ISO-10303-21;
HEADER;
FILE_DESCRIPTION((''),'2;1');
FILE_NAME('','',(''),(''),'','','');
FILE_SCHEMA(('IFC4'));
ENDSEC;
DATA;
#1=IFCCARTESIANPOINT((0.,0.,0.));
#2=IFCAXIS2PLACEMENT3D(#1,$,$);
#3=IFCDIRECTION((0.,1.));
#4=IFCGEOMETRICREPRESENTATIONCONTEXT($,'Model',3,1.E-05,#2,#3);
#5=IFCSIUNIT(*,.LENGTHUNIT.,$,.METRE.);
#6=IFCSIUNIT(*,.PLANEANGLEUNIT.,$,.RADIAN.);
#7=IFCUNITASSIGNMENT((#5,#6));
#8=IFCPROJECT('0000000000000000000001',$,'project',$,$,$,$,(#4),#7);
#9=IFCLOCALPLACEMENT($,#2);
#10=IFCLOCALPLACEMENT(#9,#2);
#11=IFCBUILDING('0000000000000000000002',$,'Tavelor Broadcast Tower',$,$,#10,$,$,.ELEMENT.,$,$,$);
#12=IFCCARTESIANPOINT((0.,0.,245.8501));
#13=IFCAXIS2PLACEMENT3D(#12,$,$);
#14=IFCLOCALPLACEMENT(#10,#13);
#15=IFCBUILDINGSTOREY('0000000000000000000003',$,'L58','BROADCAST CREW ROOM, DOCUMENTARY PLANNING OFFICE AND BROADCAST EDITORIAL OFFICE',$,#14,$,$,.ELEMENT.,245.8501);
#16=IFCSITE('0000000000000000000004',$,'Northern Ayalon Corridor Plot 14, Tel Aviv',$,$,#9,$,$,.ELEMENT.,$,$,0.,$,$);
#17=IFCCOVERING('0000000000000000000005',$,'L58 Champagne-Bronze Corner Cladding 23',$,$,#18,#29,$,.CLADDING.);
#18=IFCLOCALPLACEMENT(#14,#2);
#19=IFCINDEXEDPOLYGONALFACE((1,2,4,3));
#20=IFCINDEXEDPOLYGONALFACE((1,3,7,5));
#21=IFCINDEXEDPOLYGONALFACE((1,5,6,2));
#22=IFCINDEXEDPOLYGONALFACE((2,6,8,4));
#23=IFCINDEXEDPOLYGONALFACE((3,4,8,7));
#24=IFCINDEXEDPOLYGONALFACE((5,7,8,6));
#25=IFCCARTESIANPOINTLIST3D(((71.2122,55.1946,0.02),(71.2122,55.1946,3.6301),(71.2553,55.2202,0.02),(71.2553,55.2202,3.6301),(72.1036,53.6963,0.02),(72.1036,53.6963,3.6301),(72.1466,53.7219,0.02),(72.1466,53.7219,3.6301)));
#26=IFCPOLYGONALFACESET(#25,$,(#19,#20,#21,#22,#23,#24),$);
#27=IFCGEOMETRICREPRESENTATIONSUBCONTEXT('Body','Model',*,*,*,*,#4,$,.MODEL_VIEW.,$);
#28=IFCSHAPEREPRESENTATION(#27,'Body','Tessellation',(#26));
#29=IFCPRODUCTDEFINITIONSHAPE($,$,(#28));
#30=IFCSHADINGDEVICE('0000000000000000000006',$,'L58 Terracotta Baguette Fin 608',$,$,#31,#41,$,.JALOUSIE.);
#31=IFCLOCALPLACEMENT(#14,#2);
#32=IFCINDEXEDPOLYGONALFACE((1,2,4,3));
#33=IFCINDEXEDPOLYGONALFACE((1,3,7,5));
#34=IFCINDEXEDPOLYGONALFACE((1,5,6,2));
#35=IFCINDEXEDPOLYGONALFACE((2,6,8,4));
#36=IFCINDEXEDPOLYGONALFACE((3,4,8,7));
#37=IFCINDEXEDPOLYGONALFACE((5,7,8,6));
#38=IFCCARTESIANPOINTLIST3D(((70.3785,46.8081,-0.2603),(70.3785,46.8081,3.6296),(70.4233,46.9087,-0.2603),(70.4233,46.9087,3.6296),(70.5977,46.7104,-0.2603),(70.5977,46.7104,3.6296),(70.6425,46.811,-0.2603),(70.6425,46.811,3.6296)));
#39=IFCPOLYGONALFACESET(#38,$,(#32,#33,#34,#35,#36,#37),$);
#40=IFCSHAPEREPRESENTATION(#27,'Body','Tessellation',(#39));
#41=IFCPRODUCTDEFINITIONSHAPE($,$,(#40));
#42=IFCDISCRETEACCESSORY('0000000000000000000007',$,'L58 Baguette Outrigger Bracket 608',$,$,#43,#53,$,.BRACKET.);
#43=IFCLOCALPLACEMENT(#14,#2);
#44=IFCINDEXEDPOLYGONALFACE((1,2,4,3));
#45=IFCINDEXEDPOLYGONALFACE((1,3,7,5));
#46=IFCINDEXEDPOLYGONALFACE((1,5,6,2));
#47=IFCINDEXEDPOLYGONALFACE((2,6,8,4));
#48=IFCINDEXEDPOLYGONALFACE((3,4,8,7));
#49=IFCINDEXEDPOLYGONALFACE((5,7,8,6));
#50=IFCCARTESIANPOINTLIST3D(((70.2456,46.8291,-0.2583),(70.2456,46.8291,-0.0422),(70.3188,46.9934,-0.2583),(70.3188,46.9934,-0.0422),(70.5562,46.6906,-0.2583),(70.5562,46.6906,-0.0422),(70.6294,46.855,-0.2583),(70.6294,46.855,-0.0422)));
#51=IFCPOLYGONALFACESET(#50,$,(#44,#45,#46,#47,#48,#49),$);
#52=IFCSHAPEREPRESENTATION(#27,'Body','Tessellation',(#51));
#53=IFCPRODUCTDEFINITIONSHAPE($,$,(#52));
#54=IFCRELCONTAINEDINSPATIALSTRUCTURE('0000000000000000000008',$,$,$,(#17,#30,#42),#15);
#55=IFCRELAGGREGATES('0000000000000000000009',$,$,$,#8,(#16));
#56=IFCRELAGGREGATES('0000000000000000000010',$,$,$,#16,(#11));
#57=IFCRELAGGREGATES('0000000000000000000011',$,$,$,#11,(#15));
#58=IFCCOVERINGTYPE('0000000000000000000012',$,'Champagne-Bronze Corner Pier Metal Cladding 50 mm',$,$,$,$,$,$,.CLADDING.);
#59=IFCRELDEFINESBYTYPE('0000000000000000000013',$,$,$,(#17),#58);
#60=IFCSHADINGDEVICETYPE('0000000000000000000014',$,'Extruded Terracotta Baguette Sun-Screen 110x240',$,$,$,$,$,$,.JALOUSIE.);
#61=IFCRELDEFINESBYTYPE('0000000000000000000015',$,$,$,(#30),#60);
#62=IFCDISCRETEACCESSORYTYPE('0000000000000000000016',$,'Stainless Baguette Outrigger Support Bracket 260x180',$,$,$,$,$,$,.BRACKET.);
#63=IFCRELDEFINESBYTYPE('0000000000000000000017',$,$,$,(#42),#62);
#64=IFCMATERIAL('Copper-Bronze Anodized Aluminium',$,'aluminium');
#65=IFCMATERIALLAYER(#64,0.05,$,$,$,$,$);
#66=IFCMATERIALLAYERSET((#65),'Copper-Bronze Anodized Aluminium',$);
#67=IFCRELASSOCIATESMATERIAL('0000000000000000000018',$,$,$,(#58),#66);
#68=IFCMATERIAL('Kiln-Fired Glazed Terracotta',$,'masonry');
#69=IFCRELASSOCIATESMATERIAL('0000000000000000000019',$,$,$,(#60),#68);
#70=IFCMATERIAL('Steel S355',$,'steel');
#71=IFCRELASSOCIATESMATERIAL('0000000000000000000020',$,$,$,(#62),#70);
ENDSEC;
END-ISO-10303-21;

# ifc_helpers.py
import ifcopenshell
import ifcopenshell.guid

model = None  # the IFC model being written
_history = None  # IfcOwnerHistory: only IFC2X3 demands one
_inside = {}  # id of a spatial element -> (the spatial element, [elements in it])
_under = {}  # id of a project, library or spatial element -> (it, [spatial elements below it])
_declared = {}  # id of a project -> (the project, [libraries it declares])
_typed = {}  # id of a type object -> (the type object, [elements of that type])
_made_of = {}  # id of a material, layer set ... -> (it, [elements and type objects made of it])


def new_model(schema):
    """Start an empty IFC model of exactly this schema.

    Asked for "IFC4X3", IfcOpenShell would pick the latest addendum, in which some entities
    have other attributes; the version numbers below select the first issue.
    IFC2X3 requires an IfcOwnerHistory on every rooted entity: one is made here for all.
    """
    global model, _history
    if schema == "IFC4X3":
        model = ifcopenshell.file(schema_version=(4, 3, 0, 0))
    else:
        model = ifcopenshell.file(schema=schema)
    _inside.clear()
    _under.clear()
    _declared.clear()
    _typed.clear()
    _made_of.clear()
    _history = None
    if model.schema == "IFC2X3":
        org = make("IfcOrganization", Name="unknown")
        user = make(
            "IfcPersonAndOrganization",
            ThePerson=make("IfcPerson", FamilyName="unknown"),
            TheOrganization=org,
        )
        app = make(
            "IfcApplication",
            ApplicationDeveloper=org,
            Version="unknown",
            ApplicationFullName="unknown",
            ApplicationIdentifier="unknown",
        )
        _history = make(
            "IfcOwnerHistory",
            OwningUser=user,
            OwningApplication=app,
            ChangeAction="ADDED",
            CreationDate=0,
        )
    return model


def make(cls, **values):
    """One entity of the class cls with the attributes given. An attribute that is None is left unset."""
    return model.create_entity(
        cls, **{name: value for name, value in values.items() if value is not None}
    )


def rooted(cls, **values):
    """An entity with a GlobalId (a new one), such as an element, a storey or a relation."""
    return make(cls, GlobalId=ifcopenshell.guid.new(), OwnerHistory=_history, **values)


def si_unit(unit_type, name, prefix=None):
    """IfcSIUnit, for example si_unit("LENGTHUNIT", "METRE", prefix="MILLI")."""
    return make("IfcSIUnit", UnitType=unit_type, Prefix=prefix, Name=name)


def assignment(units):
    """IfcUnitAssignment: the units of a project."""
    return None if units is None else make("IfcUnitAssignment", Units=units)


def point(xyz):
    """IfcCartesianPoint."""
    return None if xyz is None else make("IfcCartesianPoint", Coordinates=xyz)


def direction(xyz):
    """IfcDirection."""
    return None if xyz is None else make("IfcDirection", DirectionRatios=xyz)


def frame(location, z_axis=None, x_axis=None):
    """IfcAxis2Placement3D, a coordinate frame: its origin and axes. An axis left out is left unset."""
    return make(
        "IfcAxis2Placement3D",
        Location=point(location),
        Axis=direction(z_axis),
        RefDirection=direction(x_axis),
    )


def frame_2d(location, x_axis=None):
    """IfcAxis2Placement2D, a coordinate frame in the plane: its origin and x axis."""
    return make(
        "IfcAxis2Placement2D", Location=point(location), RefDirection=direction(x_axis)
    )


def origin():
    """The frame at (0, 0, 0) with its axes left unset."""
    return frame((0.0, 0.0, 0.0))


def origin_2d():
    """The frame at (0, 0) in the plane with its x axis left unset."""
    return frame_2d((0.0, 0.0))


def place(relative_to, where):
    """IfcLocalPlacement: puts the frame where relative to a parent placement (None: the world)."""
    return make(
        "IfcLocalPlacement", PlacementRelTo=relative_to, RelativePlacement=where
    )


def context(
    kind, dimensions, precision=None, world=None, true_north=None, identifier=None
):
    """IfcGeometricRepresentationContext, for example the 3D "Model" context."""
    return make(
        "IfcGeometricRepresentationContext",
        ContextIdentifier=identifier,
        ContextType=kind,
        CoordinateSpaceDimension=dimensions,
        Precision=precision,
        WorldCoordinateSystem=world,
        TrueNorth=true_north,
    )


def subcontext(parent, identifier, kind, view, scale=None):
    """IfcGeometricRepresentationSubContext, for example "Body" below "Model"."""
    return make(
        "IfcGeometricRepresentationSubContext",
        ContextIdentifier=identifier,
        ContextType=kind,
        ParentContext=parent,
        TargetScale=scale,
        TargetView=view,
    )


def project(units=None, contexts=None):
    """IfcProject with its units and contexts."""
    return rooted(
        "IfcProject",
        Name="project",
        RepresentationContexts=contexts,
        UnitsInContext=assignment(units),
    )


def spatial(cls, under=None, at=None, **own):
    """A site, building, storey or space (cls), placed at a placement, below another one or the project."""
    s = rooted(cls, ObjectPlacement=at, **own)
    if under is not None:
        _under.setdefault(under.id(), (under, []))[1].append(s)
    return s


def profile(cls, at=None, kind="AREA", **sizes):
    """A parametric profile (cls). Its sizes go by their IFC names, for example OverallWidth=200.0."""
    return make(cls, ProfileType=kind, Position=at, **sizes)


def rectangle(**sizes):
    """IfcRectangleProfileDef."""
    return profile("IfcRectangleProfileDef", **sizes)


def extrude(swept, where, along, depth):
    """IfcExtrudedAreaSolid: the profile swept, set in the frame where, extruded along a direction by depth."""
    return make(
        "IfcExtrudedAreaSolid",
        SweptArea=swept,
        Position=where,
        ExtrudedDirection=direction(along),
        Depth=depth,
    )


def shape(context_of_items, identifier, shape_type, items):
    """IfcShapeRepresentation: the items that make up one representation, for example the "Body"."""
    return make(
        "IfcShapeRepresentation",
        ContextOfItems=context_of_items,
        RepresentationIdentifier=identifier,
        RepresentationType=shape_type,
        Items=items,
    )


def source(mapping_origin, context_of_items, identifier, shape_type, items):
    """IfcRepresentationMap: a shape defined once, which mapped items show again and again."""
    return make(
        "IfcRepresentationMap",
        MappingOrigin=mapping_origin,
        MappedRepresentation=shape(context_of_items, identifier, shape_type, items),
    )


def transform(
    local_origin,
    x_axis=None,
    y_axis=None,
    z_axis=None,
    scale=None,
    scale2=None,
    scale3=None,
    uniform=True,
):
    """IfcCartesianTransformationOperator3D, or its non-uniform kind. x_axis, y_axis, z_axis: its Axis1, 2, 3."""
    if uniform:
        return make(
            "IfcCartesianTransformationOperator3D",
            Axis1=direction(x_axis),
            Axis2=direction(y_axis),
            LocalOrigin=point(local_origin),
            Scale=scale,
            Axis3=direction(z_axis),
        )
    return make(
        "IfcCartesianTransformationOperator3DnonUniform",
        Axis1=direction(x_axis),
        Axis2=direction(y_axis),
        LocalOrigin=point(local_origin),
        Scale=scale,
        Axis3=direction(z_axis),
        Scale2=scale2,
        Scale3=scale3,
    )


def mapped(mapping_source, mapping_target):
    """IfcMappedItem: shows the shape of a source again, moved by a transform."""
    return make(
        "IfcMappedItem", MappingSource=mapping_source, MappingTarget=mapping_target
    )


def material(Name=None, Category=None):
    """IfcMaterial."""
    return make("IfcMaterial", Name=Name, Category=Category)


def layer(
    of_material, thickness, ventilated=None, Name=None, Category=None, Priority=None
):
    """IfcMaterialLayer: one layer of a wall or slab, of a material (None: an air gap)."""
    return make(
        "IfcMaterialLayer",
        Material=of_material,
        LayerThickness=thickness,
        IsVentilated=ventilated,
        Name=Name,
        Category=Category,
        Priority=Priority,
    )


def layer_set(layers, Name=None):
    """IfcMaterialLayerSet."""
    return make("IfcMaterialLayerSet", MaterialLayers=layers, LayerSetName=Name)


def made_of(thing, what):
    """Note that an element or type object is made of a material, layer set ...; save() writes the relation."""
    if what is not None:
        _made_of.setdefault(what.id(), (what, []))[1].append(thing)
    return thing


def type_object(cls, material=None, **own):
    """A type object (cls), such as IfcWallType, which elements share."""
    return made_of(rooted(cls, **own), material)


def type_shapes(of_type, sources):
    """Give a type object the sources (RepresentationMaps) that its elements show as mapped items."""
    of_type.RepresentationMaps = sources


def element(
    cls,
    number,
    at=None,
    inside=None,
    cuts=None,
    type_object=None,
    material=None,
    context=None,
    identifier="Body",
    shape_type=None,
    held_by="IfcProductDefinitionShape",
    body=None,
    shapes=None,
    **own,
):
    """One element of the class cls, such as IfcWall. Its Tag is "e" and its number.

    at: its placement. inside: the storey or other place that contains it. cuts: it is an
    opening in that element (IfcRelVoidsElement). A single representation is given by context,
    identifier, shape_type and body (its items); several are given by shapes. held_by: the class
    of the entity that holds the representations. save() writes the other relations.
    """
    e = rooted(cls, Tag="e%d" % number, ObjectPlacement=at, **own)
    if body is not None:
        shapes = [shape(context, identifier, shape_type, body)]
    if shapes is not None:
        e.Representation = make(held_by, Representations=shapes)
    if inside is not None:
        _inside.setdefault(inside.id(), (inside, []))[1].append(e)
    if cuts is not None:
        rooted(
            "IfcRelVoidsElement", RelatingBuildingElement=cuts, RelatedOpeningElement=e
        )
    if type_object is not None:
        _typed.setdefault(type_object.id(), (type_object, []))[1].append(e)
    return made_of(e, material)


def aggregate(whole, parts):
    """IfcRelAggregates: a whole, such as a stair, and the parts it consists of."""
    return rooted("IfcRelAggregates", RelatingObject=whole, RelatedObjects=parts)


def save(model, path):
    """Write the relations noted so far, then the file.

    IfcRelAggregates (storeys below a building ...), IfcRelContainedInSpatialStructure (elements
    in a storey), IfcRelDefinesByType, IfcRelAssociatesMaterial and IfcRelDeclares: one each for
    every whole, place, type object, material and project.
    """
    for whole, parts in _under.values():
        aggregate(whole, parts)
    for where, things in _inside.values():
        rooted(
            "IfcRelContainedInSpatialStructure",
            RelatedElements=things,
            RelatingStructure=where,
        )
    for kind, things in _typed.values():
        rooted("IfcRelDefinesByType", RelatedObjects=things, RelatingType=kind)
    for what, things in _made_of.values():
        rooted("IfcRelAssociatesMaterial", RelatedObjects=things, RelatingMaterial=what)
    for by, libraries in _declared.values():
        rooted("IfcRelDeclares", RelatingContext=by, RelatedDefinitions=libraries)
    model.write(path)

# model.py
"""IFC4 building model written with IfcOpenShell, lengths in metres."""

from ifc_helpers import new_model, si_unit, direction, frame, origin, origin_2d, place, context, subcontext, project, spatial, rectangle, extrude, source, transform, mapped, material, layer, layer_set, type_object, type_shapes, element, save


model = new_model("IFC4")

# Units and contexts
model_context = context("Model", 3, precision=1e-05, world=origin(), true_north=direction((0.0, 1.0)))
body_context = subcontext(model_context, "Body", "Model", "MODEL_VIEW")
ifc_project = project(units=[si_unit("LENGTHUNIT", "METRE"), si_unit("PLANEANGLEUNIT", "RADIAN")], contexts=[model_context])

# Site, building, storey
site_placement = place(None, origin())
site = spatial("IfcSite", under=ifc_project, at=site_placement, Name="Northern Ayalon Corridor Plot 14, Tel Aviv", CompositionType="ELEMENT", RefElevation=0.0)
building_placement = place(site_placement, origin())
building = spatial("IfcBuilding", under=site, at=building_placement, Name="Tavelor Broadcast Tower", CompositionType="ELEMENT")
storey_placement = place(building_placement, frame((0.0, 0.0, 245.8501)))
storey = spatial("IfcBuildingStorey", under=building, at=storey_placement, Name="L58", Description="BROADCAST CREW ROOM, DOCUMENTARY PLANNING OFFICE AND BROADCAST EDITORIAL OFFICE", CompositionType="ELEMENT", Elevation=245.8501)

# Shared definitions
ifc_material_1 = material(Name="Steel S355", Category="steel")

# Covering
ifc_material_2 = material(Name="Copper-Bronze Anodized Aluminium", Category="aluminium")
ifc_layer_1 = layer(ifc_material_2, 0.05)
ifc_layer_set_1 = layer_set([ifc_layer_1], Name="Copper-Bronze Anodized Aluminium")
covering_type = type_object("IfcCoveringType", Name="Champagne-Bronze Corner Pier Metal Cladding 50 mm", PredefinedType="CLADDING", material=ifc_layer_set_1)
covering_placement = place(storey_placement, frame((71.6794, 54.4583, 0.02), z_axis=(0.0, 0.0, 1.0), x_axis=(-0.511293, 0.859406, 0.0)))
element("IfcCovering", 1, at=covering_placement, inside=storey, type_object=covering_type, Name="L58 Champagne-Bronze Corner Cladding 23", PredefinedType="CLADDING", context=body_context, shape_type="SweptSolid", body=[
    extrude(rectangle(XDim=1.7434, YDim=0.05, at=origin_2d()), origin(), (0.0, 0.0, 1.0), 3.6101),
])

# Shading device
ifc_material_3 = material(Name="Kiln-Fired Glazed Terracotta", Category="masonry")
shading_device_type = type_object("IfcShadingDeviceType", Name="Extruded Terracotta Baguette Sun-Screen 110x240", PredefinedType="JALOUSIE", material=ifc_material_3)
shared_shape_1 = source(origin(), body_context, "Body", "SweptSolid", [
    extrude(rectangle(XDim=0.1101, YDim=0.24, at=origin_2d()), origin(), (0.0, 0.0, 1.0), 3.8899),
])
type_shapes(shading_device_type, [shared_shape_1])
shading_device_placement = place(storey_placement, frame((70.5105, 46.8096, -0.2603), z_axis=(0.0, 0.0, 1.0), x_axis=(0.407056, 0.913403, 0.0)))
element("IfcShadingDevice", 2, at=shading_device_placement, inside=storey, type_object=shading_device_type, Name="L58 Terracotta Baguette Fin 608", PredefinedType="JALOUSIE", context=body_context, shape_type="MappedRepresentation", body=[
    mapped(shared_shape_1, transform((0.0, 0.0, 0.0), scale=1.0)),
])

# Discrete accessory
discrete_accessory_type = type_object("IfcDiscreteAccessoryType", Name="Stainless Baguette Outrigger Support Bracket 260x180", PredefinedType="BRACKET", material=ifc_material_1)
shared_shape_2 = source(origin(), body_context, "Body", "SweptSolid", [
    extrude(rectangle(XDim=0.1799, YDim=0.3401, at=origin_2d()), origin(), (0.0, 0.0, 1.0), 0.2161),
])
type_shapes(discrete_accessory_type, [shared_shape_2])
discrete_accessory_placement = place(storey_placement, frame((70.4375, 46.842, -0.2583), z_axis=(0.0, 0.0, 1.0), x_axis=(0.407056, 0.913403, 0.0)))
element("IfcDiscreteAccessory", 3, at=discrete_accessory_placement, inside=storey, type_object=discrete_accessory_type, Name="L58 Baguette Outrigger Bracket 608", PredefinedType="BRACKET", context=body_context, shape_type="MappedRepresentation", body=[
    mapped(shared_shape_2, transform((0.0, 0.0, 0.0), scale=1.0)),
])

save(model, "model.ifc")
